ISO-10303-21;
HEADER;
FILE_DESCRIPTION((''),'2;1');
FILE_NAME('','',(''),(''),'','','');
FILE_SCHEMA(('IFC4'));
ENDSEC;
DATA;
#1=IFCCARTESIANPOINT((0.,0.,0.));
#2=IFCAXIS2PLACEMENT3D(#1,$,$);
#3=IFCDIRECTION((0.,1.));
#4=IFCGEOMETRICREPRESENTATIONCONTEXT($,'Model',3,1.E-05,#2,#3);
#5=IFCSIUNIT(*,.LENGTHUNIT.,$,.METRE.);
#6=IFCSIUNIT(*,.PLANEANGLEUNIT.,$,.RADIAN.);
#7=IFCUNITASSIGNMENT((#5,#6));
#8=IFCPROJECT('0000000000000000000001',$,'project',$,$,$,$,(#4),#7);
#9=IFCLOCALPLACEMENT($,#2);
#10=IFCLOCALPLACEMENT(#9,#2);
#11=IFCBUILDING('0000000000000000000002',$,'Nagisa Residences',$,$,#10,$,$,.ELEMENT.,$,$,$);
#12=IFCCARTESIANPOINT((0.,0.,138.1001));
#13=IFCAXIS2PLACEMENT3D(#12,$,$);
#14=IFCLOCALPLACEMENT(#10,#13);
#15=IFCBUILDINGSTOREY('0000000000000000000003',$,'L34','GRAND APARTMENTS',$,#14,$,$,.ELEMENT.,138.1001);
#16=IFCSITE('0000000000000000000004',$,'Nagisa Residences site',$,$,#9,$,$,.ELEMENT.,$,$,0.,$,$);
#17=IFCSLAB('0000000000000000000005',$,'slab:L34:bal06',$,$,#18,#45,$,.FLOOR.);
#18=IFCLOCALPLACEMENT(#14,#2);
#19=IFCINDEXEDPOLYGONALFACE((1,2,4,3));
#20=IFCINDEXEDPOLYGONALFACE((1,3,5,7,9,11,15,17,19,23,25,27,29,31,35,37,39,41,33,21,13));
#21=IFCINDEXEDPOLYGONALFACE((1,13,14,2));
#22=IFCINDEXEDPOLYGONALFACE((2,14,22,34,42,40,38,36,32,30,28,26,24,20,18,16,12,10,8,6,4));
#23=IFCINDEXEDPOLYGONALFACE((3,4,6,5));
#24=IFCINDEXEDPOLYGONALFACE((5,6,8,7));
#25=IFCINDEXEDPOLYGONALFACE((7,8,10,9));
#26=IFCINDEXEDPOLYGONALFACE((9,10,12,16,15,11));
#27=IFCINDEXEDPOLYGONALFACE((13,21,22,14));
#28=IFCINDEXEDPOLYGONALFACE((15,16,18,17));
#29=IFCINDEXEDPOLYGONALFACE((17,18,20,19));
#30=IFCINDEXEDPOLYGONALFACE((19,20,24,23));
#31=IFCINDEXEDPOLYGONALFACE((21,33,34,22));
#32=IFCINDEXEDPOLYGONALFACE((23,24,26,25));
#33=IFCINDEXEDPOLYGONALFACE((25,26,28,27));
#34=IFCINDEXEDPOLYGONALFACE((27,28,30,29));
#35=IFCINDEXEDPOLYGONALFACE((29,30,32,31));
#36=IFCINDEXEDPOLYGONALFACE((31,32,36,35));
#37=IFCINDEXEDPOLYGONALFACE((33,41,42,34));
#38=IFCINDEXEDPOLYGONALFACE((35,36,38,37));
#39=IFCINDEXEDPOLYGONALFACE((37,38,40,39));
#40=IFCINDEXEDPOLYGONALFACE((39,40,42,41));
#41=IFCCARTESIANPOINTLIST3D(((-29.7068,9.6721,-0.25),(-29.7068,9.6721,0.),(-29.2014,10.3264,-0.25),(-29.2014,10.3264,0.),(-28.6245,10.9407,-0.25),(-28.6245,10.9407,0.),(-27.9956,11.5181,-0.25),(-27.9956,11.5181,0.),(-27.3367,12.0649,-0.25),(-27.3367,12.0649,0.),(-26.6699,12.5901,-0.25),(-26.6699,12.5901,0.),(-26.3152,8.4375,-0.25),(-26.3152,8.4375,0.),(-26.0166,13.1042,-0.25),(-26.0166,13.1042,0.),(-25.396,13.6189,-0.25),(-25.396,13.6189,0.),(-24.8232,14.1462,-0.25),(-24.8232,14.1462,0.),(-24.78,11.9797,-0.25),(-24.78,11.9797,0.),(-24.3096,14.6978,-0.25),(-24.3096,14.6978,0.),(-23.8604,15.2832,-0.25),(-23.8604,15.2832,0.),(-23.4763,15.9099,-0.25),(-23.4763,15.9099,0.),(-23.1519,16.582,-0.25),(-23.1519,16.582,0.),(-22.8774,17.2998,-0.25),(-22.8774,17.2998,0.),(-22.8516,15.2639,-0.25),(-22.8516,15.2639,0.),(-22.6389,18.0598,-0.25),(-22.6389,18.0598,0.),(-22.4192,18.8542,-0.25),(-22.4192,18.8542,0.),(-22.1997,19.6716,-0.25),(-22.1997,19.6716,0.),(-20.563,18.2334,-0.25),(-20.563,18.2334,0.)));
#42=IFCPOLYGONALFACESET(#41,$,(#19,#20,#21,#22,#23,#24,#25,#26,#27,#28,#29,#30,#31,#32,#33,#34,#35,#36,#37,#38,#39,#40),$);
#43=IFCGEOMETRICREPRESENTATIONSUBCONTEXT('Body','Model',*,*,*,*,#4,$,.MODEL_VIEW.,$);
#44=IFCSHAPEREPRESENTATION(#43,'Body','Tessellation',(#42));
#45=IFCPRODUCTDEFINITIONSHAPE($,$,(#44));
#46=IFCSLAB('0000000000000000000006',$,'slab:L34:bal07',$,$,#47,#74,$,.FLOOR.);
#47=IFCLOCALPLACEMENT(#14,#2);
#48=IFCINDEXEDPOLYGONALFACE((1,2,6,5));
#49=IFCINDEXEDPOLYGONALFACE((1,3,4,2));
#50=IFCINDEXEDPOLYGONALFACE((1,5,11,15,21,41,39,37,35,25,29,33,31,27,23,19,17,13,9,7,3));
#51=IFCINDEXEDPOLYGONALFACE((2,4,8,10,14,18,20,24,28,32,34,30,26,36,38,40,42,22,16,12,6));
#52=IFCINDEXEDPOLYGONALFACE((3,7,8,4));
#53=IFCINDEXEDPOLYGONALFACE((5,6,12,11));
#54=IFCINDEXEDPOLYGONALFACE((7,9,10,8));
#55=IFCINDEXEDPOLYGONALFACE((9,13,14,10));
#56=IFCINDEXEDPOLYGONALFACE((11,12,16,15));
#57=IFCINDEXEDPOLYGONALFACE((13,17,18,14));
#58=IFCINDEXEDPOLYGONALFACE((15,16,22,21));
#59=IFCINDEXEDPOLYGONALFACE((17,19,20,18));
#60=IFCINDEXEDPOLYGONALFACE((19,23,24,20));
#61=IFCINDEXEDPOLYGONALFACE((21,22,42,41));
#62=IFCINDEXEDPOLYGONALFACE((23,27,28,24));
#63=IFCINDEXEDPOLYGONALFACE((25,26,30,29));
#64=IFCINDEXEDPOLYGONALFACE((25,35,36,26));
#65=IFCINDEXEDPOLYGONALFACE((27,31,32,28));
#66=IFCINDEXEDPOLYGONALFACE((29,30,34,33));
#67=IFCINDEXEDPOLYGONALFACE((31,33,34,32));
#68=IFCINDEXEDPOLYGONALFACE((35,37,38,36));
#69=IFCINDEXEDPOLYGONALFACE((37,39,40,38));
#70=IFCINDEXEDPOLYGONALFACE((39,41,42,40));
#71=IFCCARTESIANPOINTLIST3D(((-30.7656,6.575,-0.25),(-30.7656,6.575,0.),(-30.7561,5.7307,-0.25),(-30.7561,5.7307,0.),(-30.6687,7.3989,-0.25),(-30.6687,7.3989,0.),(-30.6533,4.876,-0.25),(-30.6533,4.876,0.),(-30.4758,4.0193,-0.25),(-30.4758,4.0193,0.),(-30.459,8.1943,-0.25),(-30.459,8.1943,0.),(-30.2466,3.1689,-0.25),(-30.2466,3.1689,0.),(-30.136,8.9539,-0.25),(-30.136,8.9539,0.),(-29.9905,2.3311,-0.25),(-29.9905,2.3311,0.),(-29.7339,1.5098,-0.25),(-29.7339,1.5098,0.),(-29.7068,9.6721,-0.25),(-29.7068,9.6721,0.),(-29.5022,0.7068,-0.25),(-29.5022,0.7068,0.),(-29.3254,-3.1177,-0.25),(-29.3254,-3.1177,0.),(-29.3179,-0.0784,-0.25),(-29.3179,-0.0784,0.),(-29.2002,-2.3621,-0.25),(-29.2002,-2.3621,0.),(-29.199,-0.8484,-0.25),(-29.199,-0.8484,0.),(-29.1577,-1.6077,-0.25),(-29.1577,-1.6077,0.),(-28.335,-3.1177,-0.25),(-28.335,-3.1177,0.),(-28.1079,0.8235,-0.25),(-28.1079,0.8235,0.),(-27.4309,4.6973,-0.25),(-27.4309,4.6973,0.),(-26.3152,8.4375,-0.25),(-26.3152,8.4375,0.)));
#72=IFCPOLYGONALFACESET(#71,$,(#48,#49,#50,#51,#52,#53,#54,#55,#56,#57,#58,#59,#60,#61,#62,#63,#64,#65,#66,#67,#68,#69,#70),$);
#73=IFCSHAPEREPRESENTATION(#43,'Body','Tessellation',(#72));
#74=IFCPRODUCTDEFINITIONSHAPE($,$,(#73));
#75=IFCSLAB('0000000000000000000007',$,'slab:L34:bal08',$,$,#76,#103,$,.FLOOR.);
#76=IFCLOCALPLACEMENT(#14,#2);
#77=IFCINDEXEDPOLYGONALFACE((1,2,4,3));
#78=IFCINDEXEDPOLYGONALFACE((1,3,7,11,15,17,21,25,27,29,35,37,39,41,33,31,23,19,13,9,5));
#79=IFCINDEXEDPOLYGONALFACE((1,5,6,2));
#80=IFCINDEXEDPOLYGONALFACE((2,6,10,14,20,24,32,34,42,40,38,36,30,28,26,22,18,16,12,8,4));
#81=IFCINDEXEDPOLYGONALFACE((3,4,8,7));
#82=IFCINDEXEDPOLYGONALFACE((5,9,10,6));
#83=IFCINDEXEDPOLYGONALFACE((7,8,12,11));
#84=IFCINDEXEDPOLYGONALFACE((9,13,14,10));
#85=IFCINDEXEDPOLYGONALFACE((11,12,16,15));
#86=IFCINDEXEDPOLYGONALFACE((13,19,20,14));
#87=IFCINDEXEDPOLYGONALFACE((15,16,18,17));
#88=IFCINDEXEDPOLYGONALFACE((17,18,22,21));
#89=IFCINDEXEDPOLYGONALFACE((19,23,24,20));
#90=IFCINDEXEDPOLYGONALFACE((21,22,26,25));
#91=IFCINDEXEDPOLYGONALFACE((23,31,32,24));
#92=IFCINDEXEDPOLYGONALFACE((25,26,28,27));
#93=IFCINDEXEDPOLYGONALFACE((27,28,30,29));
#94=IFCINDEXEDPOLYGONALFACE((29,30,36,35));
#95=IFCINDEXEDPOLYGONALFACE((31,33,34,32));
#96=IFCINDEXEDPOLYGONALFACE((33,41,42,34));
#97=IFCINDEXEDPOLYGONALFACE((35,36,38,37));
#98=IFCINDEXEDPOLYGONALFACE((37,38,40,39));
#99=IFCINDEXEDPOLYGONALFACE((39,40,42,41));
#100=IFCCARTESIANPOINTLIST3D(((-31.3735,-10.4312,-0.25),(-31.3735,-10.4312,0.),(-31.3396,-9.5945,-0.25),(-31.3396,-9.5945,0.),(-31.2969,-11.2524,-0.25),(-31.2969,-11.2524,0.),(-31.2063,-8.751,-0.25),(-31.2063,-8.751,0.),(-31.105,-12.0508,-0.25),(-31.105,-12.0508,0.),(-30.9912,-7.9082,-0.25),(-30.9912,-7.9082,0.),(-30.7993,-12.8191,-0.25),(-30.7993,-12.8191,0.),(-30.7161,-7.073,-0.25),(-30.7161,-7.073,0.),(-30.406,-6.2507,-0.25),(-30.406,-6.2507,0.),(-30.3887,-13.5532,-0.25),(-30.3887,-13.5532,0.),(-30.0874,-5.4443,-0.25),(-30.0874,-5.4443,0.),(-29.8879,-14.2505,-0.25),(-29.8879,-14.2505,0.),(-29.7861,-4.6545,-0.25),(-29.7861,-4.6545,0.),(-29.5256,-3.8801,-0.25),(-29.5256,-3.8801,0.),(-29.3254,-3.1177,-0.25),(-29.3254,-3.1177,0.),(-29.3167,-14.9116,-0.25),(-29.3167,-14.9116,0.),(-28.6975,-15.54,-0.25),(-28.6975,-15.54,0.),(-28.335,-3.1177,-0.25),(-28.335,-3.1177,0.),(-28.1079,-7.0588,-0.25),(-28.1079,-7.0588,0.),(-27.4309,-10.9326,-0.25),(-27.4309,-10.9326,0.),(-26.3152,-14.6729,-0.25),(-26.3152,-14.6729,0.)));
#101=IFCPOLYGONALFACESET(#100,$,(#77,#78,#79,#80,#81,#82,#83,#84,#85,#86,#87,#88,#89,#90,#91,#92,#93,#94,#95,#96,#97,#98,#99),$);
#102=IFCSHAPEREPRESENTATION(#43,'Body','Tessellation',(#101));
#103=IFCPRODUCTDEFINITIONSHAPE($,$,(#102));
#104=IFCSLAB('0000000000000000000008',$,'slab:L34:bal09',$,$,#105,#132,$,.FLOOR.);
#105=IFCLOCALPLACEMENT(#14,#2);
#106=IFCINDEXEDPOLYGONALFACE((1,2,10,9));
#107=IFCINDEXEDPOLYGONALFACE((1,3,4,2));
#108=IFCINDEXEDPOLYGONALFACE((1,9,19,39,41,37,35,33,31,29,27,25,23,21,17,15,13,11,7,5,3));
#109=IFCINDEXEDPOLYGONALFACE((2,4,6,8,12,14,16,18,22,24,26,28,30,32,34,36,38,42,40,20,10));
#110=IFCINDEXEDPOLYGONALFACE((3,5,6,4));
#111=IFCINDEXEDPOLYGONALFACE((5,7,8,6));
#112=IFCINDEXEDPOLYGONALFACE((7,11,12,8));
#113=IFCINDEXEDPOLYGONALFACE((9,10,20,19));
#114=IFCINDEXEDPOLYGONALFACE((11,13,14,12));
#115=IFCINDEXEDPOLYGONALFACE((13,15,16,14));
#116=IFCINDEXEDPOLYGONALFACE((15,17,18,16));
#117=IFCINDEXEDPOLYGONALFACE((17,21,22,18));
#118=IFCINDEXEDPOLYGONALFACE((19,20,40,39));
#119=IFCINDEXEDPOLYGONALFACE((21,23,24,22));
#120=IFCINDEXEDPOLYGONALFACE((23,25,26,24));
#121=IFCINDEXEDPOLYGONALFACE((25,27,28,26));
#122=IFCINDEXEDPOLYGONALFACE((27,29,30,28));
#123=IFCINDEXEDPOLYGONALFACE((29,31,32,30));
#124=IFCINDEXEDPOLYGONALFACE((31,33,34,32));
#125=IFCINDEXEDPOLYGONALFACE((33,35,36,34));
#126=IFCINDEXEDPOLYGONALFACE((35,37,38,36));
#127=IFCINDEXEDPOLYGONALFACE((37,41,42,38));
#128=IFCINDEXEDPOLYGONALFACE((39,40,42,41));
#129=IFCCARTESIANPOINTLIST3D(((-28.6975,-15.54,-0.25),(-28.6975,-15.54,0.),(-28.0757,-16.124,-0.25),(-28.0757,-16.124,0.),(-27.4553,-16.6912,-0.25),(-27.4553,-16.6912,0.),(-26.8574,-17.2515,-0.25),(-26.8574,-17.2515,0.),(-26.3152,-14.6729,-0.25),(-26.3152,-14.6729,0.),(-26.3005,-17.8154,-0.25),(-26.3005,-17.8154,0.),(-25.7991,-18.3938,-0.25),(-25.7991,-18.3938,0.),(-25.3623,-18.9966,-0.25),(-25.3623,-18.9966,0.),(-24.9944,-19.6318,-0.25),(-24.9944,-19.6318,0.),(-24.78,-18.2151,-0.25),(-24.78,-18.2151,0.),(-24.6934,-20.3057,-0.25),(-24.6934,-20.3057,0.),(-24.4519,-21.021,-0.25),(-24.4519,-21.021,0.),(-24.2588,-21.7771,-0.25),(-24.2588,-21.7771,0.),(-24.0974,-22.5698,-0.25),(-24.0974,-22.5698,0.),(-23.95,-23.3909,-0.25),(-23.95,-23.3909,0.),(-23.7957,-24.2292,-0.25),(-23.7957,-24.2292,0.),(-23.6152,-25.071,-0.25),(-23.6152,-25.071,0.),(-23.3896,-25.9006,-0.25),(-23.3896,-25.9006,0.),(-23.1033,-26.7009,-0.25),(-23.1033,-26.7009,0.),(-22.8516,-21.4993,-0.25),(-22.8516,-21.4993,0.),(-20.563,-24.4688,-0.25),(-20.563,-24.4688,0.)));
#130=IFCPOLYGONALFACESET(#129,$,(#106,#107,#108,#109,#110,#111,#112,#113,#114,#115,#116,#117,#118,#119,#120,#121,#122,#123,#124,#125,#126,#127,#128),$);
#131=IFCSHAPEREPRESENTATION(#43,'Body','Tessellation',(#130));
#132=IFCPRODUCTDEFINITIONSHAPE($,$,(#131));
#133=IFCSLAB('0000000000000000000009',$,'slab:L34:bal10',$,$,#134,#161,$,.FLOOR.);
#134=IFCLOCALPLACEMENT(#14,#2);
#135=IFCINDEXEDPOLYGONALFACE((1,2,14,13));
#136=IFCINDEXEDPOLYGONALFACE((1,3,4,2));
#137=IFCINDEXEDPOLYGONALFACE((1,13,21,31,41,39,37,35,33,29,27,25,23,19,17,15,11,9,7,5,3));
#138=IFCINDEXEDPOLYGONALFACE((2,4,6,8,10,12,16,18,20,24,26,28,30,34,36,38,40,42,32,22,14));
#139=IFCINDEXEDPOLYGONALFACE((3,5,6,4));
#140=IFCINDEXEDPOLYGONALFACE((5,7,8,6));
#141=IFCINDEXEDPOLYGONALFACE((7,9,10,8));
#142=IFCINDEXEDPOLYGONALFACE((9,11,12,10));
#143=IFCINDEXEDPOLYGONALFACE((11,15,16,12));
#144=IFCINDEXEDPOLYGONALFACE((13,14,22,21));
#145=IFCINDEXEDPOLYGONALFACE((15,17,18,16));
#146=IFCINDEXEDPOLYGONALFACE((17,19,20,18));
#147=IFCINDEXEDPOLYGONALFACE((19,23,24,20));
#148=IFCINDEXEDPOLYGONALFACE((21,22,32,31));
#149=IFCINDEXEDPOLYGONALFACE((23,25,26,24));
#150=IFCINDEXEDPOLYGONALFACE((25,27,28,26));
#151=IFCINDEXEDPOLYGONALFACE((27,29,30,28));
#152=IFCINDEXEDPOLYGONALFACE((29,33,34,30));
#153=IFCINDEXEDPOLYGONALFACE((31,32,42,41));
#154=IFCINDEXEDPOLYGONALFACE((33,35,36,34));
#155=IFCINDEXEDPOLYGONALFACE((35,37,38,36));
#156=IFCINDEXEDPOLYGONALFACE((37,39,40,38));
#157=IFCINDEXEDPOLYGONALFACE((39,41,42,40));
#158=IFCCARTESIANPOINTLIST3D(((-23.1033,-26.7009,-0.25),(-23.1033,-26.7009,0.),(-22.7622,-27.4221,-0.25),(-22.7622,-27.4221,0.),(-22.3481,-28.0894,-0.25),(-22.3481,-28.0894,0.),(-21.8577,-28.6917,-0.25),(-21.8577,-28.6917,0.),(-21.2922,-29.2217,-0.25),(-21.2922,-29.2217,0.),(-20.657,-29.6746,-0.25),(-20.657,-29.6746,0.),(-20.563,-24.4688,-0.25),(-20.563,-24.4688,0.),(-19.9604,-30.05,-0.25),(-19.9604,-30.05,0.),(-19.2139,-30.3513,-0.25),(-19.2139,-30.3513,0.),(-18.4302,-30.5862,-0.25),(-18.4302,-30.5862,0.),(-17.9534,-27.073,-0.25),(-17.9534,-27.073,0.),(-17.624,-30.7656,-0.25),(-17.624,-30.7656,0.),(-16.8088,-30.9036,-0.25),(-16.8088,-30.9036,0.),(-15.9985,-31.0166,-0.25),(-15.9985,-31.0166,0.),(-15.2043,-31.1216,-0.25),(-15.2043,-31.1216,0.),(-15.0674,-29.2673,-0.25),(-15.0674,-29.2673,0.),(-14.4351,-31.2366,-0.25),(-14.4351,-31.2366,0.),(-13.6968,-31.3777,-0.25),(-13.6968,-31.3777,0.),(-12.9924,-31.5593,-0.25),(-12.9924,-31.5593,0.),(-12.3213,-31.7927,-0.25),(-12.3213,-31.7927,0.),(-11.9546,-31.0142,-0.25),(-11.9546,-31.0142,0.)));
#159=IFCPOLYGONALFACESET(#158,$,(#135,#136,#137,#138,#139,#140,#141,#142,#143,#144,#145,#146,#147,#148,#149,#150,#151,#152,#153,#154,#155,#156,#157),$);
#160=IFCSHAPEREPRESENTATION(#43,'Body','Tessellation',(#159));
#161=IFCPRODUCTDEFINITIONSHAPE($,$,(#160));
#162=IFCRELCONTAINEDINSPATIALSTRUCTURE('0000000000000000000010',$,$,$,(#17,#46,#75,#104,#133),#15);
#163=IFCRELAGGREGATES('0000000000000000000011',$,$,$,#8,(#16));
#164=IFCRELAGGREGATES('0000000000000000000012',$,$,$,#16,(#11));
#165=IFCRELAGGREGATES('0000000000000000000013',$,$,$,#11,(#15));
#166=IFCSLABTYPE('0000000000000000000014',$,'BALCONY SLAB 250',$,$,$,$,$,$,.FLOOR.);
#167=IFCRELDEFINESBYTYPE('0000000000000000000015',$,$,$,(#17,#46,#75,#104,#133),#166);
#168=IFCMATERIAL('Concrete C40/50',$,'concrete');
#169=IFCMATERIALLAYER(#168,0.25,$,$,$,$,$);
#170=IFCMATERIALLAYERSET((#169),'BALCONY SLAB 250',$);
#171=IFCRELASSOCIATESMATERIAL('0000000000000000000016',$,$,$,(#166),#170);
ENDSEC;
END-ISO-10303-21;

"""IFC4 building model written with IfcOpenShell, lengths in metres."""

from ifc_helpers import new_model, si_unit, direction, frame, origin, place, context, subcontext, project, spatial, polyline, outline, extrude, material, layer, layer_set, type_object, element, save


model = new_model("IFC4")

# Units and contexts
model_context = context("Model", 3, precision=1e-05, world=origin(), true_north=direction((0.0, 1.0)))
body_context = subcontext(model_context, "Body", "Model", "MODEL_VIEW")
ifc_project = project(units=[si_unit("LENGTHUNIT", "METRE"), si_unit("PLANEANGLEUNIT", "RADIAN")], contexts=[model_context])

# Site, building, storey
site_placement = place(None, origin())
site = spatial("IfcSite", under=ifc_project, at=site_placement, Name="Nagisa Residences site", CompositionType="ELEMENT", RefElevation=0.0)
building_placement = place(site_placement, origin())
building = spatial("IfcBuilding", under=site, at=building_placement, Name="Nagisa Residences", CompositionType="ELEMENT")
storey_placement = place(building_placement, frame((0.0, 0.0, 138.1001)))
storey = spatial("IfcBuildingStorey", under=building, at=storey_placement, Name="L34", Description="GRAND APARTMENTS", CompositionType="ELEMENT", Elevation=138.1001)

# Slabs
ifc_material_1 = material(Name="Concrete C40/50", Category="concrete")
ifc_layer = layer(ifc_material_1, 0.25)
ifc_layer_set = layer_set([ifc_layer], Name="BALCONY SLAB 250")
slab_type = type_object("IfcSlabType", Name="BALCONY SLAB 250", PredefinedType="FLOOR", material=ifc_layer_set)
slab_1_placement = place(storey_placement, frame((0.0, 0.0, -0.25)))
element("IfcSlab", 1, at=slab_1_placement, inside=storey, type_object=slab_type, Name="slab:L34:bal06", PredefinedType="FLOOR", context=body_context, shape_type="SweptSolid", body=[
    extrude(outline(polyline([(-22.1997, 19.6716), (-22.4192, 18.8542), (-22.6389, 18.0598), (-22.8774, 17.2998), (-23.1519, 16.582), (-23.4763, 15.9099), (-23.8604, 15.2832), (-24.3096, 14.6978), (-24.8232, 14.1462), (-25.396, 13.6189), (-26.0166, 13.1042), (-26.6699, 12.5901), (-27.3367, 12.0649), (-27.9956, 11.5181), (-28.6245, 10.9407), (-29.2014, 10.3264), (-29.7068, 9.6721), (-26.3152, 8.4375), (-24.78, 11.9797), (-22.8516, 15.2639), (-20.563, 18.2334), (-22.1997, 19.6716)])), origin(), (0.0, 0.0, 1.0), 0.25),
])
slab_2_placement = place(storey_placement, frame((0.0, 0.0, -0.25)))
element("IfcSlab", 2, at=slab_2_placement, inside=storey, type_object=slab_type, Name="slab:L34:bal07", PredefinedType="FLOOR", context=body_context, shape_type="SweptSolid", body=[
    extrude(outline(polyline([(-29.7068, 9.6721), (-30.136, 8.9539), (-30.459, 8.1943), (-30.6687, 7.3989), (-30.7656, 6.575), (-30.7561, 5.7307), (-30.6533, 4.876), (-30.4758, 4.0193), (-30.2466, 3.1689), (-29.9905, 2.3311), (-29.7339, 1.5098), (-29.5022, 0.7068), (-29.3179, -0.0784), (-29.199, -0.8484), (-29.1577, -1.6077), (-29.2002, -2.3621), (-29.3254, -3.1177), (-28.335, -3.1177), (-28.1079, 0.8235), (-27.4309, 4.6973), (-26.3152, 8.4375), (-29.7068, 9.6721)])), origin(), (0.0, 0.0, 1.0), 0.25),
])
slab_3_placement = place(storey_placement, frame((0.0, 0.0, -0.25)))
element("IfcSlab", 3, at=slab_3_placement, inside=storey, type_object=slab_type, Name="slab:L34:bal08", PredefinedType="FLOOR", context=body_context, shape_type="SweptSolid", body=[
    extrude(outline(polyline([(-29.3254, -3.1177), (-29.5256, -3.8801), (-29.7861, -4.6545), (-30.0874, -5.4443), (-30.406, -6.2507), (-30.7161, -7.073), (-30.9912, -7.9082), (-31.2063, -8.751), (-31.3396, -9.5945), (-31.3735, -10.4312), (-31.2969, -11.2524), (-31.105, -12.0508), (-30.7993, -12.8191), (-30.3887, -13.5532), (-29.8879, -14.2505), (-29.3167, -14.9116), (-28.6975, -15.54), (-26.3152, -14.6729), (-27.4309, -10.9326), (-28.1079, -7.0588), (-28.335, -3.1177), (-29.3254, -3.1177)])), origin(), (0.0, 0.0, 1.0), 0.25),
])
slab_4_placement = place(storey_placement, frame((0.0, 0.0, -0.25)))
element("IfcSlab", 4, at=slab_4_placement, inside=storey, type_object=slab_type, Name="slab:L34:bal09", PredefinedType="FLOOR", context=body_context, shape_type="SweptSolid", body=[
    extrude(outline(polyline([(-28.6975, -15.54), (-28.0757, -16.124), (-27.4553, -16.6912), (-26.8574, -17.2515), (-26.3005, -17.8154), (-25.7991, -18.3938), (-25.3623, -18.9966), (-24.9944, -19.6318), (-24.6934, -20.3057), (-24.4519, -21.021), (-24.2588, -21.7771), (-24.0974, -22.5698), (-23.95, -23.3909), (-23.7957, -24.2292), (-23.6152, -25.071), (-23.3896, -25.9006), (-23.1033, -26.7009), (-20.563, -24.4688), (-22.8516, -21.4993), (-24.78, -18.2151), (-26.3152, -14.6729), (-28.6975, -15.54)])), origin(), (0.0, 0.0, 1.0), 0.25),
])
slab_5_placement = place(storey_placement, frame((0.0, 0.0, -0.25)))
element("IfcSlab", 5, at=slab_5_placement, inside=storey, type_object=slab_type, Name="slab:L34:bal10", PredefinedType="FLOOR", context=body_context, shape_type="SweptSolid", body=[
    extrude(outline(polyline([(-23.1033, -26.7009), (-22.7622, -27.4221), (-22.3481, -28.0894), (-21.8577, -28.6917), (-21.2922, -29.2217), (-20.657, -29.6746), (-19.9604, -30.05), (-19.2139, -30.3513), (-18.4302, -30.5862), (-17.624, -30.7656), (-16.8088, -30.9036), (-15.9985, -31.0166), (-15.2043, -31.1216), (-14.4351, -31.2366), (-13.6968, -31.3777), (-12.9924, -31.5593), (-12.3213, -31.7927), (-11.9546, -31.0142), (-15.0674, -29.2673), (-17.9534, -27.073), (-20.563, -24.4688), (-23.1033, -26.7009)])), origin(), (0.0, 0.0, 1.0), 0.25),
])

save(model, "model.ifc")
